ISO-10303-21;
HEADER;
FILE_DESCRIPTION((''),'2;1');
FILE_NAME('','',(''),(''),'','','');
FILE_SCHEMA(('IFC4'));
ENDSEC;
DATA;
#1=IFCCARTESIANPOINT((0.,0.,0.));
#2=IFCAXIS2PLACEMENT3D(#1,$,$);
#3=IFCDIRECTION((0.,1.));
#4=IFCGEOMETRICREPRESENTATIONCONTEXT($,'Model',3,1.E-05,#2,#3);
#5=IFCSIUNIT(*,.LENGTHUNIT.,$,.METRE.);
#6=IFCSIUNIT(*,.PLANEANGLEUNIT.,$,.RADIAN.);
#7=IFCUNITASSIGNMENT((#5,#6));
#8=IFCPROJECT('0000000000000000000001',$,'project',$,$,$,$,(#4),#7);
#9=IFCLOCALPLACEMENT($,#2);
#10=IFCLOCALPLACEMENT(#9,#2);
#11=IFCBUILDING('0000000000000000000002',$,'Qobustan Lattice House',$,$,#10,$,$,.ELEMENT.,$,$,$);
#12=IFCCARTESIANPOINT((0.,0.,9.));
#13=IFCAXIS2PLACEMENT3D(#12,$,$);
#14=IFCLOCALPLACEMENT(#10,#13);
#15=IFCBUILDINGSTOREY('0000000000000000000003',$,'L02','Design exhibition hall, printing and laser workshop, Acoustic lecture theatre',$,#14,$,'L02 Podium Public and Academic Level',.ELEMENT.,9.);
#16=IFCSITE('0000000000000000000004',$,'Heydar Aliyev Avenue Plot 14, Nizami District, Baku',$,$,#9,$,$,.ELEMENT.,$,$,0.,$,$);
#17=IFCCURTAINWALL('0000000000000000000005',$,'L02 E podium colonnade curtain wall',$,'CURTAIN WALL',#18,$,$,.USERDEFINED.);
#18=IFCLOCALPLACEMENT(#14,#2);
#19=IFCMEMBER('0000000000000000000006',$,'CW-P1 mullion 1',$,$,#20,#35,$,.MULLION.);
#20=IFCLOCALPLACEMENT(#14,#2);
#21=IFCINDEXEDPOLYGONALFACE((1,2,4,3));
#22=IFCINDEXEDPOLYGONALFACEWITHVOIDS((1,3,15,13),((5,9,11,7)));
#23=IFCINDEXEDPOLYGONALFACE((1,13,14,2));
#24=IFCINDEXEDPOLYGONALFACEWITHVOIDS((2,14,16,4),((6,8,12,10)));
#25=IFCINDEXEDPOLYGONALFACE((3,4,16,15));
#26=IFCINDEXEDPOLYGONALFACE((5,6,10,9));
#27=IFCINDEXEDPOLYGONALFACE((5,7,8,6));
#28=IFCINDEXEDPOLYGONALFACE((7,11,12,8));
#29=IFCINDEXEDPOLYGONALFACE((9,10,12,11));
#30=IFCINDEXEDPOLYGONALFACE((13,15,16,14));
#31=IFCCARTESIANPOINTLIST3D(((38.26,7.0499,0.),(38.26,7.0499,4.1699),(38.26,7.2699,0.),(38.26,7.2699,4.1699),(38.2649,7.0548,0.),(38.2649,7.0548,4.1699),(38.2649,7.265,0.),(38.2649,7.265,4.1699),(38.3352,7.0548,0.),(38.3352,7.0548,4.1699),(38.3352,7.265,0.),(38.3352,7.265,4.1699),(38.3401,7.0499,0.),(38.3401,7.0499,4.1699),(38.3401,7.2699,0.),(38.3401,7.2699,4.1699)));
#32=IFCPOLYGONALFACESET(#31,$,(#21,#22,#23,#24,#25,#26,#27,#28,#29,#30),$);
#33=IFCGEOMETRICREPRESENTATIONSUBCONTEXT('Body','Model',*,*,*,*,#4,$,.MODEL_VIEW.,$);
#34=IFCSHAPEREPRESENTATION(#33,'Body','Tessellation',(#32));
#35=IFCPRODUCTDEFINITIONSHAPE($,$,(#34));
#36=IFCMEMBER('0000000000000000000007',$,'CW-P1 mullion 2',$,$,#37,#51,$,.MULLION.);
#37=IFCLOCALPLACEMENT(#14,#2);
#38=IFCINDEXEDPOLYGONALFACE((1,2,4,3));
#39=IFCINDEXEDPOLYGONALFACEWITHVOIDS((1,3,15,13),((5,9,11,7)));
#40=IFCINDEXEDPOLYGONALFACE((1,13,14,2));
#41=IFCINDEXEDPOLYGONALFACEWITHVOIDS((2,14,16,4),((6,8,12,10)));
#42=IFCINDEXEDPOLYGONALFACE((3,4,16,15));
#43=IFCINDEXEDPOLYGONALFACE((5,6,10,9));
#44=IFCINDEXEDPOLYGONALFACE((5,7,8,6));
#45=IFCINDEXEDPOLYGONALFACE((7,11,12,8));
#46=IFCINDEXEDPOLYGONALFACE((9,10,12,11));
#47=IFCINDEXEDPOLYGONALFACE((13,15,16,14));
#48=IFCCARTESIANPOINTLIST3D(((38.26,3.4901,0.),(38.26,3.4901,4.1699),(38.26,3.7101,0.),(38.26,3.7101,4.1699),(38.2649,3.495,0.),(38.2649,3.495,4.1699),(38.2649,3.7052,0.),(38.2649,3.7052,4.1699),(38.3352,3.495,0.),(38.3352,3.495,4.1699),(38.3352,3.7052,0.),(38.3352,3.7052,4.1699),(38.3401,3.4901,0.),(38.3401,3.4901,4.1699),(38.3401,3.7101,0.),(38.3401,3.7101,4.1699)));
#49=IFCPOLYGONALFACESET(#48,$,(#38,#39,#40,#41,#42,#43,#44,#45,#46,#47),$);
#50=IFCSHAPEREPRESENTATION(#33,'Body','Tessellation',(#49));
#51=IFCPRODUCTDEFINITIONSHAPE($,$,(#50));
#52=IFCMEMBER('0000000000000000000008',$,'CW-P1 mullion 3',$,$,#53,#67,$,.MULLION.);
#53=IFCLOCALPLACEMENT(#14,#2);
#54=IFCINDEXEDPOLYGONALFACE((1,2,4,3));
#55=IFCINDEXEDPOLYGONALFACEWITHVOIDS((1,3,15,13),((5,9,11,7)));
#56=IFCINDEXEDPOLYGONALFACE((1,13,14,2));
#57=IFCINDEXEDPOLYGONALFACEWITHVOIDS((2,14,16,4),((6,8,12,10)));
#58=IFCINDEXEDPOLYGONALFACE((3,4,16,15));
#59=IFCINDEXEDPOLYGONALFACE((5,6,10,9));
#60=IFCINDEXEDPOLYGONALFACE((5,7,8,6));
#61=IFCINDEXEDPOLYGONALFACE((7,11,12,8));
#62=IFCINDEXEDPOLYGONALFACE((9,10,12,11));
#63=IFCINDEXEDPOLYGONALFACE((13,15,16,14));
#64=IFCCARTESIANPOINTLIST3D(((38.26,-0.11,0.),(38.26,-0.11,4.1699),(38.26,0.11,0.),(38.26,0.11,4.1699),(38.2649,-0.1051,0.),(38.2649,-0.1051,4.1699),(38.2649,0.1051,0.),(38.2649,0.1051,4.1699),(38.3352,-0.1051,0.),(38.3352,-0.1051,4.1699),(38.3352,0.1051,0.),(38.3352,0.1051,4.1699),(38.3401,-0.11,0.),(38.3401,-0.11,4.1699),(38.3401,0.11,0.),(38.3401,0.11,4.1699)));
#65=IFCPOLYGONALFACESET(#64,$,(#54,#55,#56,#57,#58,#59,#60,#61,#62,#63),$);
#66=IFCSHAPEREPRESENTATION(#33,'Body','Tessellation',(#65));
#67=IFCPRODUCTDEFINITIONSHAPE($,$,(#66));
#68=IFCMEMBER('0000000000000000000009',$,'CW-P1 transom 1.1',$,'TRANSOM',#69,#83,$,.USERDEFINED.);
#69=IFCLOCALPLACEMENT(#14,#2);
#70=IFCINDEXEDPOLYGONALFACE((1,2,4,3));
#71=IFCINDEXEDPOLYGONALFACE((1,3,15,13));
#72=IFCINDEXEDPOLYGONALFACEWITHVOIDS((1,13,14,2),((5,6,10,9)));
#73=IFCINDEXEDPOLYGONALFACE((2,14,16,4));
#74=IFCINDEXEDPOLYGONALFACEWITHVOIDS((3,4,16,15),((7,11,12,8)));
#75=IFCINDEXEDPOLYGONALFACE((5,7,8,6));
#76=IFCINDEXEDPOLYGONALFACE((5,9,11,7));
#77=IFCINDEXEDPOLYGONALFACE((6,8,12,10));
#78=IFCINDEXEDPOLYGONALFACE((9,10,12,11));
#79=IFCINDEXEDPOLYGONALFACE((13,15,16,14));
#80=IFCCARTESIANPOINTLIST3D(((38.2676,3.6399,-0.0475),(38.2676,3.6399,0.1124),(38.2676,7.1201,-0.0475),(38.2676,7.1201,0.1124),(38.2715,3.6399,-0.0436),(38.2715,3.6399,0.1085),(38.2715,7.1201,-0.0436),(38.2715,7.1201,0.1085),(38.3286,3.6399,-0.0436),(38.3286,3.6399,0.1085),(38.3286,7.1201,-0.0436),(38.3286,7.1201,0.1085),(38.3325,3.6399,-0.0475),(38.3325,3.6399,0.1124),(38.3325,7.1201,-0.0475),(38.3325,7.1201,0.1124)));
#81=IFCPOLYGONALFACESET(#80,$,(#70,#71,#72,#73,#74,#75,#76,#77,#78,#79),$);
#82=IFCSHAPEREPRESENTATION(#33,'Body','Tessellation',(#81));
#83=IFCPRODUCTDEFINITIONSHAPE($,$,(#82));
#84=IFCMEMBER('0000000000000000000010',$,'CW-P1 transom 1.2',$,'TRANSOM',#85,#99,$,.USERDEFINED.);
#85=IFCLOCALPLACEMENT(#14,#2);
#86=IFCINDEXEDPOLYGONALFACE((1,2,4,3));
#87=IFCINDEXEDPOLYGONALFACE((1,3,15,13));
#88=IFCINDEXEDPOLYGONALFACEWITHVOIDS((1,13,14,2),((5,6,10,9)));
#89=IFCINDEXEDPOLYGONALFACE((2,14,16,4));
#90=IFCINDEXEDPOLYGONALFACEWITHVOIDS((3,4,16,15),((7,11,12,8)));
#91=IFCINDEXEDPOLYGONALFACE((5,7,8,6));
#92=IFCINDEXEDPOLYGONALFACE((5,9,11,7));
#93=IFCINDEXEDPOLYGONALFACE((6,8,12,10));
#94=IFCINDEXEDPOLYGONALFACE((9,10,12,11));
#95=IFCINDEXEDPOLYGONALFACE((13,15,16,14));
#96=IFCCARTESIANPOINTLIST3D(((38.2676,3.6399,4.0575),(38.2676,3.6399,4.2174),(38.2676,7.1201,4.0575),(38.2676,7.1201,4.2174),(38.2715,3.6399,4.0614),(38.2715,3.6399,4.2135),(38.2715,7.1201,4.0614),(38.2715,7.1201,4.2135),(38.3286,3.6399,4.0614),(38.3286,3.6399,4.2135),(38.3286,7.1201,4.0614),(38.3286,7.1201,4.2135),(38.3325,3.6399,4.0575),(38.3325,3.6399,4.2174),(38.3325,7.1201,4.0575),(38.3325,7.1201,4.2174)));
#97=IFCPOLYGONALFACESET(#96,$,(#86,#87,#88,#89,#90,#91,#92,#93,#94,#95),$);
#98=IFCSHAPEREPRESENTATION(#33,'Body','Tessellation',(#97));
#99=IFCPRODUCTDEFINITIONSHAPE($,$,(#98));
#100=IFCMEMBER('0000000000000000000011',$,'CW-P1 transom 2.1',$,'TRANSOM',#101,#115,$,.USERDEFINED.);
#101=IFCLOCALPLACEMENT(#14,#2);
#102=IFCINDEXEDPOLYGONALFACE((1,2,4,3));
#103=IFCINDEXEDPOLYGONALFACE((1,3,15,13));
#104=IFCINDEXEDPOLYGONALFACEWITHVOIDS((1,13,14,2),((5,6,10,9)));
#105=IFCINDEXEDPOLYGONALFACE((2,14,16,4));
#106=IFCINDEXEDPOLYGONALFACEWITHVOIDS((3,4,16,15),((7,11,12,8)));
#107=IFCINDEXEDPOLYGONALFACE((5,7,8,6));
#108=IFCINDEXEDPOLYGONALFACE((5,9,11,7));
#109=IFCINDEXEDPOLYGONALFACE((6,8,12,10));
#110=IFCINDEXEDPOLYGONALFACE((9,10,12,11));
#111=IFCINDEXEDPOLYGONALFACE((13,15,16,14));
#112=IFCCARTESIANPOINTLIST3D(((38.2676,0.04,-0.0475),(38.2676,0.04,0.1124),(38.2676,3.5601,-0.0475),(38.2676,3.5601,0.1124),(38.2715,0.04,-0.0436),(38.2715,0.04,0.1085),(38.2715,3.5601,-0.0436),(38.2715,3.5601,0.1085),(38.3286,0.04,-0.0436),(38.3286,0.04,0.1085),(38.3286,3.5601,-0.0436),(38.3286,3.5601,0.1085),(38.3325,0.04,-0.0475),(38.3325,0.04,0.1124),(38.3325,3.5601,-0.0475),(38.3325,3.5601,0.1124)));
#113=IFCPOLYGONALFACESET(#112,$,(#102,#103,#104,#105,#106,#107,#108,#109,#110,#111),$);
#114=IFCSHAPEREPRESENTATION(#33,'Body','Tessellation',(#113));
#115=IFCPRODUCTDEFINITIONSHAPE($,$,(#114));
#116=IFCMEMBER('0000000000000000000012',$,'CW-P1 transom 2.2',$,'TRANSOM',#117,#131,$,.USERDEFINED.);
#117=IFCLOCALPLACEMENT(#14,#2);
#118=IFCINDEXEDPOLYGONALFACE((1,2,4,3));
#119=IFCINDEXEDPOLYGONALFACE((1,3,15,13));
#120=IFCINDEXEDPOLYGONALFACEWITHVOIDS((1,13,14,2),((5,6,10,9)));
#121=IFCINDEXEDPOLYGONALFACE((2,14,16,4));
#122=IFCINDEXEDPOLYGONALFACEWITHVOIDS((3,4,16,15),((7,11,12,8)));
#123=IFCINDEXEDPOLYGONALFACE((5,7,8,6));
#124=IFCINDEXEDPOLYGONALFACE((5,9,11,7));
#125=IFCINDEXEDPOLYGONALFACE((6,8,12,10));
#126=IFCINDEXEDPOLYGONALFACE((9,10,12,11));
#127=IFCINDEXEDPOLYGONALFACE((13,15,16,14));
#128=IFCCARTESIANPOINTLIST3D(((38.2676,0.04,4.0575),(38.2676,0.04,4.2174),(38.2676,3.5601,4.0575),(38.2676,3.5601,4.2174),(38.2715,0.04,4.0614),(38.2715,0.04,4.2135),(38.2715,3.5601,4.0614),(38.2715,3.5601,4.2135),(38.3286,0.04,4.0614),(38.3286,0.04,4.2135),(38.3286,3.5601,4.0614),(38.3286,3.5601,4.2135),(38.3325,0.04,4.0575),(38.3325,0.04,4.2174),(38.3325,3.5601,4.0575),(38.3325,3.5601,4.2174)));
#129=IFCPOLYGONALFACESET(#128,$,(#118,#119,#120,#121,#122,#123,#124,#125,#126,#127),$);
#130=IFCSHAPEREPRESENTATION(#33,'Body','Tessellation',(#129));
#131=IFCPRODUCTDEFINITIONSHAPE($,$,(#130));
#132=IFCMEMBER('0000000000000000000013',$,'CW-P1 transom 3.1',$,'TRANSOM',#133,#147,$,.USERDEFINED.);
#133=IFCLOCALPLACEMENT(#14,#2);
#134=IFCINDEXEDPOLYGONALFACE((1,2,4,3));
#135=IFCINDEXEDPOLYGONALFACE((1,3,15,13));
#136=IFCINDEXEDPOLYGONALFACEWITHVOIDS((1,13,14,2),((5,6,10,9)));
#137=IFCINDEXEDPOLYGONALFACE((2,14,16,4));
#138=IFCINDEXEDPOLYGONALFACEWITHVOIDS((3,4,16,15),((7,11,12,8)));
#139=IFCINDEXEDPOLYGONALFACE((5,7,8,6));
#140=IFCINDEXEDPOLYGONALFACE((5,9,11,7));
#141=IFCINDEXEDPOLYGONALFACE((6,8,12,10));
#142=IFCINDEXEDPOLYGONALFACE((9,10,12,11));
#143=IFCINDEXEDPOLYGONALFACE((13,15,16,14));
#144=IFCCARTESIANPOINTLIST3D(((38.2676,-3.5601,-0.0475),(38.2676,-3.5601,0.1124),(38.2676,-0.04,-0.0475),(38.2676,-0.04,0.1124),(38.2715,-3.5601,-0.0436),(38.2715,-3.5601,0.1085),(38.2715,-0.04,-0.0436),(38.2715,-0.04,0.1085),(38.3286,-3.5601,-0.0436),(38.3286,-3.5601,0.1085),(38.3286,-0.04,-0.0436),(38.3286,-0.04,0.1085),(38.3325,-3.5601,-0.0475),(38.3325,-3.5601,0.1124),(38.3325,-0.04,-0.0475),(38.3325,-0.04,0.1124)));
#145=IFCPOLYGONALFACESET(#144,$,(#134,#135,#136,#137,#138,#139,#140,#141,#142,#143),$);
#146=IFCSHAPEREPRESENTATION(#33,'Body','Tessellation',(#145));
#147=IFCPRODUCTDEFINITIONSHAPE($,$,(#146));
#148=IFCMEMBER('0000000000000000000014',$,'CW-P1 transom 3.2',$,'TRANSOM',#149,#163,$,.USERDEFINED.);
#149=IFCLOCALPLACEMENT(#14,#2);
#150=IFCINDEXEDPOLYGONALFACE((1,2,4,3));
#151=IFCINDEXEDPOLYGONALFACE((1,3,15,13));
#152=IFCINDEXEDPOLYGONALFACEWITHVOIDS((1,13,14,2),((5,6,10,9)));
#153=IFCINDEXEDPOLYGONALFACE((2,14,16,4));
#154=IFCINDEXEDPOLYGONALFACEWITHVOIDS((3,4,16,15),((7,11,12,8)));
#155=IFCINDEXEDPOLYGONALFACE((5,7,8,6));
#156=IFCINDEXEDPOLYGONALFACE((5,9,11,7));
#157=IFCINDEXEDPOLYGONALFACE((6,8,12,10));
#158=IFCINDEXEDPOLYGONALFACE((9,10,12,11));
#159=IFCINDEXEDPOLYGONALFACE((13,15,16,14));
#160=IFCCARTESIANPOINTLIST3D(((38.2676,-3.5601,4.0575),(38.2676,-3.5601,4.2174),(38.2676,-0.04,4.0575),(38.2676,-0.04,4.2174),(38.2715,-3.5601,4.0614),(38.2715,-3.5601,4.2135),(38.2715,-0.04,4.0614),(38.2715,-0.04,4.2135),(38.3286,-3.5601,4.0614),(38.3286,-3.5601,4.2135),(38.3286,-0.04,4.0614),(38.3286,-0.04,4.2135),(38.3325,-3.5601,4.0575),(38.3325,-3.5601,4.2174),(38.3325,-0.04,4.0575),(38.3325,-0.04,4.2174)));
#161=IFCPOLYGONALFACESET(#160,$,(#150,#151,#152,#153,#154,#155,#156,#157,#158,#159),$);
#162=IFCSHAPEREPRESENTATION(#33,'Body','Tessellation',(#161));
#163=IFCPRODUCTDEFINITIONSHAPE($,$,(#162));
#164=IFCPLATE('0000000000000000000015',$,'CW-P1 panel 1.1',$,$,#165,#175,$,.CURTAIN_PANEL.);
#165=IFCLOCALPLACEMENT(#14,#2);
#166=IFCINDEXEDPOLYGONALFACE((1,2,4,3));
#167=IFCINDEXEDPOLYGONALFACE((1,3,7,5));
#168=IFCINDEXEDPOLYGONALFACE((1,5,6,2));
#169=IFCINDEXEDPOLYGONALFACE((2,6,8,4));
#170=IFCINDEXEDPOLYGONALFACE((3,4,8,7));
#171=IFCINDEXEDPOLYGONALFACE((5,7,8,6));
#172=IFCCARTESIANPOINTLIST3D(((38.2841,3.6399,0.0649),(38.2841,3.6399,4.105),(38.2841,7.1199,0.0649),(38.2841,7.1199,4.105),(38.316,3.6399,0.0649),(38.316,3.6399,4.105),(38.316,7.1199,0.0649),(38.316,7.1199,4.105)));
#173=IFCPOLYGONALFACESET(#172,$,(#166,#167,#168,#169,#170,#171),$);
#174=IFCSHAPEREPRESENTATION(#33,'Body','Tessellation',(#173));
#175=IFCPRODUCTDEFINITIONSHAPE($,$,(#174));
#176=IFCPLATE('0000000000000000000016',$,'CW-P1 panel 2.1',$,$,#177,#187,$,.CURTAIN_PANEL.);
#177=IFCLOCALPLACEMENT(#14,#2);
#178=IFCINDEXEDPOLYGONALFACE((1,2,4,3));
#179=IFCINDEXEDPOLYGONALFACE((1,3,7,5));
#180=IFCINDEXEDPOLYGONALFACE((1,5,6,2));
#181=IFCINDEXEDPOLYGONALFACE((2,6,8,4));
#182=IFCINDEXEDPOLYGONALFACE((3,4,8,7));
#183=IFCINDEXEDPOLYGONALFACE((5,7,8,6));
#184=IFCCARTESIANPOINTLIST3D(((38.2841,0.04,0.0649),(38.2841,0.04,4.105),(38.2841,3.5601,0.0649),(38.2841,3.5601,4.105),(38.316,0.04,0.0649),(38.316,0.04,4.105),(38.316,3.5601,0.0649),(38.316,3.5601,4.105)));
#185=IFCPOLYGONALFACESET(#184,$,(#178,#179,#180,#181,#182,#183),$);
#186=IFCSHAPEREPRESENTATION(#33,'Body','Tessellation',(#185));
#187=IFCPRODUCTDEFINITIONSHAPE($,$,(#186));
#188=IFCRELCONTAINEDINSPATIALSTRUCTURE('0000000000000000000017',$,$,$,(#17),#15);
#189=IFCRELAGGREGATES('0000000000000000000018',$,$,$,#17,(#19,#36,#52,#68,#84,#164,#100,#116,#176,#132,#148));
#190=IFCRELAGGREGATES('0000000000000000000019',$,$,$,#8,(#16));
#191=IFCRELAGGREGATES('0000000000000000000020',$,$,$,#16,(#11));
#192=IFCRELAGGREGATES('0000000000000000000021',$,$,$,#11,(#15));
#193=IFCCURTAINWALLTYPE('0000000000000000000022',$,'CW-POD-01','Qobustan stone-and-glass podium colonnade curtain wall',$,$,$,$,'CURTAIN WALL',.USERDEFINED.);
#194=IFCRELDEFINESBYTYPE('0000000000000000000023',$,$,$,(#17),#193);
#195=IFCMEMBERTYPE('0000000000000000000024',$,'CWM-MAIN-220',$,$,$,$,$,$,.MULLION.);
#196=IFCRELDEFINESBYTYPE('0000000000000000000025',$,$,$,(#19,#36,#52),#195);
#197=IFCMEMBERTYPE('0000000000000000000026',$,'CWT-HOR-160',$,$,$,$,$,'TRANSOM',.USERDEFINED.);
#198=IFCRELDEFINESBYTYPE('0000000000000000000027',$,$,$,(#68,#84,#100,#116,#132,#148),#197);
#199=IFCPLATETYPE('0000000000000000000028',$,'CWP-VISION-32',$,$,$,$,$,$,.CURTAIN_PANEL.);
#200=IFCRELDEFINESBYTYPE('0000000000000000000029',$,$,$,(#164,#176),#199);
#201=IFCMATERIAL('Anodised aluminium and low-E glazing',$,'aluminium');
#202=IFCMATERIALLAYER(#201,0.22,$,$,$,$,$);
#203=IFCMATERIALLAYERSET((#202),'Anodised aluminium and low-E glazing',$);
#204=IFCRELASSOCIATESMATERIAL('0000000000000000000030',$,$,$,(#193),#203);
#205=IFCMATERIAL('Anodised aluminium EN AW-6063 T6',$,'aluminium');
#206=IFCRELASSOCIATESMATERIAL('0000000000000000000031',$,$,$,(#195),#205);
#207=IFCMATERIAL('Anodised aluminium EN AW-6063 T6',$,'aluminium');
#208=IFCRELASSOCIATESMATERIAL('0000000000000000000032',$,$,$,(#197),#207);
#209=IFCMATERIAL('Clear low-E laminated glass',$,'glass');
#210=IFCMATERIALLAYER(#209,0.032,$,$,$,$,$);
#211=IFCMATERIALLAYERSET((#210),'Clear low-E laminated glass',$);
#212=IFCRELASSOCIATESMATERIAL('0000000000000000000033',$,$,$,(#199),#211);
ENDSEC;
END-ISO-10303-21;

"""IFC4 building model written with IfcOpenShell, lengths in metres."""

from ifc_helpers import new_model, si_unit, direction, frame, origin, origin_2d, place, context, subcontext, project, spatial, rectangle, hollow_rectangle, extrude, material, layer, layer_set, material_profile, profile_set, type_object, element, aggregate, save


model = new_model("IFC4")

# Units and contexts
model_context = context("Model", 3, precision=1e-05, world=origin(), true_north=direction((0.0, 1.0)))
body_context = subcontext(model_context, "Body", "Model", "MODEL_VIEW")
ifc_project = project(units=[si_unit("LENGTHUNIT", "METRE"), si_unit("PLANEANGLEUNIT", "RADIAN")], contexts=[model_context])

# Site, building, storey
site_placement = place(None, origin())
site = spatial("IfcSite", under=ifc_project, at=site_placement, Name="Heydar Aliyev Avenue Plot 14, Nizami District, Baku", CompositionType="ELEMENT", RefElevation=0.0)
building_placement = place(site_placement, origin())
building = spatial("IfcBuilding", under=site, at=building_placement, Name="Qobustan Lattice House", CompositionType="ELEMENT")
storey_placement = place(building_placement, frame((0.0, 0.0, 9.0)))
storey = spatial("IfcBuildingStorey", under=building, at=storey_placement, Name="L02", Description="Design exhibition hall, printing and laser workshop, Acoustic lecture theatre", LongName="L02 Podium Public and Academic Level", CompositionType="ELEMENT", Elevation=9.0)

# Curtain wall, members, plates
ifc_material_1 = material(Name="Anodised aluminium and low-E glazing", Category="aluminium")
ifc_layer_1 = layer(ifc_material_1, 0.22)
ifc_layer_set_1 = layer_set([ifc_layer_1], Name="Anodised aluminium and low-E glazing")
curtain_wall_type = type_object("IfcCurtainWallType", Name="CW-POD-01", Description="Qobustan stone-and-glass podium colonnade curtain wall", ElementType="CURTAIN WALL", PredefinedType="USERDEFINED", material=ifc_layer_set_1)
curtain_wall_placement = place(storey_placement, origin())
curtain_wall = element("IfcCurtainWall", 1, at=curtain_wall_placement, inside=storey, type_object=curtain_wall_type, Name="L02 E podium colonnade curtain wall", ObjectType="CURTAIN WALL", PredefinedType="USERDEFINED")
ifc_material_2 = material(Name="Anodised aluminium EN AW-6063 T6", Category="aluminium")
ifc_material_profile_1 = material_profile(ifc_material_2, hollow_rectangle(XDim=0.0801, YDim=0.22, WallThickness=0.0049, at=origin_2d()), Name="CWM-220x80")
ifc_profile_set_1 = profile_set([ifc_material_profile_1], Name="Anodised aluminium EN AW-6063 T6")
member_type_1 = type_object("IfcMemberType", Name="CWM-MAIN-220", PredefinedType="MULLION", material=ifc_profile_set_1)
member_1_placement = place(storey_placement, frame((38.3, 7.1599, 0.0), z_axis=(0.0, 0.0, 1.0), x_axis=(1.0, 0.0, 0.0)))
member_1 = element("IfcMember", 2, at=member_1_placement, type_object=member_type_1, Name="CW-P1 mullion 1", PredefinedType="MULLION", context=body_context, shape_type="SweptSolid", body=[
    extrude(hollow_rectangle(XDim=0.0801, YDim=0.22, WallThickness=0.0049, at=origin_2d()), origin(), (0.0, 0.0, 1.0), 4.1699),
])
member_2_placement = place(storey_placement, frame((38.3, 3.6001, 0.0), z_axis=(0.0, 0.0, 1.0), x_axis=(1.0, 0.0, 0.0)))
member_2 = element("IfcMember", 3, at=member_2_placement, type_object=member_type_1, Name="CW-P1 mullion 2", PredefinedType="MULLION", context=body_context, shape_type="SweptSolid", body=[
    extrude(hollow_rectangle(XDim=0.0801, YDim=0.22, WallThickness=0.0049, at=origin_2d()), origin(), (0.0, 0.0, 1.0), 4.1699),
])
member_3_placement = place(storey_placement, frame((38.3, 0.0, 0.0), z_axis=(0.0, 0.0, 1.0), x_axis=(1.0, 0.0, 0.0)))
member_3 = element("IfcMember", 4, at=member_3_placement, type_object=member_type_1, Name="CW-P1 mullion 3", PredefinedType="MULLION", context=body_context, shape_type="SweptSolid", body=[
    extrude(hollow_rectangle(XDim=0.0801, YDim=0.22, WallThickness=0.0049, at=origin_2d()), origin(), (0.0, 0.0, 1.0), 4.1699),
])
ifc_material_3 = material(Name="Anodised aluminium EN AW-6063 T6", Category="aluminium")
ifc_material_profile_2 = material_profile(ifc_material_3, hollow_rectangle(XDim=0.0649, YDim=0.1599, WallThickness=0.0039, at=origin_2d()), Name="CWT-160x65")
ifc_profile_set_2 = profile_set([ifc_material_profile_2], Name="Anodised aluminium EN AW-6063 T6")
member_type_2 = type_object("IfcMemberType", Name="CWT-HOR-160", ElementType="TRANSOM", PredefinedType="USERDEFINED", material=ifc_profile_set_2)
member_4_placement = place(storey_placement, frame((38.3, 7.1201, 0.0325), z_axis=(0.0, -1.0, 0.0), x_axis=(1.0, 0.0, 0.0)))
member_4 = element("IfcMember", 5, at=member_4_placement, type_object=member_type_2, Name="CW-P1 transom 1.1", ObjectType="TRANSOM", PredefinedType="USERDEFINED", context=body_context, shape_type="SweptSolid", body=[
    extrude(hollow_rectangle(XDim=0.0649, YDim=0.1599, WallThickness=0.0039, at=origin_2d()), origin(), (0.0, 0.0, 1.0), 3.4802),
])
member_5_placement = place(storey_placement, frame((38.3, 7.1201, 4.1375), z_axis=(0.0, -1.0, 0.0), x_axis=(1.0, 0.0, 0.0)))
member_5 = element("IfcMember", 6, at=member_5_placement, type_object=member_type_2, Name="CW-P1 transom 1.2", ObjectType="TRANSOM", PredefinedType="USERDEFINED", context=body_context, shape_type="SweptSolid", body=[
    extrude(hollow_rectangle(XDim=0.0649, YDim=0.1599, WallThickness=0.0039, at=origin_2d()), origin(), (0.0, 0.0, 1.0), 3.4802),
])
member_6_placement = place(storey_placement, frame((38.3, 3.5601, 0.0325), z_axis=(0.0, -1.0, 0.0), x_axis=(1.0, 0.0, 0.0)))
member_6 = element("IfcMember", 7, at=member_6_placement, type_object=member_type_2, Name="CW-P1 transom 2.1", ObjectType="TRANSOM", PredefinedType="USERDEFINED", context=body_context, shape_type="SweptSolid", body=[
    extrude(hollow_rectangle(XDim=0.0649, YDim=0.1599, WallThickness=0.0039, at=origin_2d()), origin(), (0.0, 0.0, 1.0), 3.52),
])
member_7_placement = place(storey_placement, frame((38.3, 3.5601, 4.1375), z_axis=(0.0, -1.0, 0.0), x_axis=(1.0, 0.0, 0.0)))
member_7 = element("IfcMember", 8, at=member_7_placement, type_object=member_type_2, Name="CW-P1 transom 2.2", ObjectType="TRANSOM", PredefinedType="USERDEFINED", context=body_context, shape_type="SweptSolid", body=[
    extrude(hollow_rectangle(XDim=0.0649, YDim=0.1599, WallThickness=0.0039, at=origin_2d()), origin(), (0.0, 0.0, 1.0), 3.52),
])
member_8_placement = place(storey_placement, frame((38.3, -0.04, 0.0325), z_axis=(0.0, -1.0, 0.0), x_axis=(1.0, 0.0, 0.0)))
member_8 = element("IfcMember", 9, at=member_8_placement, type_object=member_type_2, Name="CW-P1 transom 3.1", ObjectType="TRANSOM", PredefinedType="USERDEFINED", context=body_context, shape_type="SweptSolid", body=[
    extrude(hollow_rectangle(XDim=0.0649, YDim=0.1599, WallThickness=0.0039, at=origin_2d()), origin(), (0.0, 0.0, 1.0), 3.52),
])
member_9_placement = place(storey_placement, frame((38.3, -0.04, 4.1375), z_axis=(0.0, -1.0, 0.0), x_axis=(1.0, 0.0, 0.0)))
member_9 = element("IfcMember", 10, at=member_9_placement, type_object=member_type_2, Name="CW-P1 transom 3.2", ObjectType="TRANSOM", PredefinedType="USERDEFINED", context=body_context, shape_type="SweptSolid", body=[
    extrude(hollow_rectangle(XDim=0.0649, YDim=0.1599, WallThickness=0.0039, at=origin_2d()), origin(), (0.0, 0.0, 1.0), 3.52),
])
ifc_material_4 = material(Name="Clear low-E laminated glass", Category="glass")
ifc_layer_2 = layer(ifc_material_4, 0.032)
ifc_layer_set_2 = layer_set([ifc_layer_2], Name="Clear low-E laminated glass")
plate_type = type_object("IfcPlateType", Name="CWP-VISION-32", PredefinedType="CURTAIN_PANEL", material=ifc_layer_set_2)
plate_1_placement = place(storey_placement, frame((38.3, 5.3799, 0.0649), z_axis=(0.0, 0.0, 1.0), x_axis=(0.0, -1.0, 0.0)))
plate_1 = element("IfcPlate", 11, at=plate_1_placement, type_object=plate_type, Name="CW-P1 panel 1.1", PredefinedType="CURTAIN_PANEL", context=body_context, shape_type="SweptSolid", body=[
    extrude(rectangle(XDim=3.48, YDim=0.032, at=origin_2d()), origin(), (0.0, 0.0, 1.0), 4.04),
])
plate_2_placement = place(storey_placement, frame((38.3, 1.8, 0.0649), z_axis=(0.0, 0.0, 1.0), x_axis=(0.0, -1.0, 0.0)))
plate_2 = element("IfcPlate", 12, at=plate_2_placement, type_object=plate_type, Name="CW-P1 panel 2.1", PredefinedType="CURTAIN_PANEL", context=body_context, shape_type="SweptSolid", body=[
    extrude(rectangle(XDim=3.52, YDim=0.032, at=origin_2d()), origin(), (0.0, 0.0, 1.0), 4.04),
])
aggregate(curtain_wall, [member_1, member_2, member_3, member_4, member_5, plate_1, member_6, member_7, plate_2, member_8, member_9])

save(model, "model.ifc")
